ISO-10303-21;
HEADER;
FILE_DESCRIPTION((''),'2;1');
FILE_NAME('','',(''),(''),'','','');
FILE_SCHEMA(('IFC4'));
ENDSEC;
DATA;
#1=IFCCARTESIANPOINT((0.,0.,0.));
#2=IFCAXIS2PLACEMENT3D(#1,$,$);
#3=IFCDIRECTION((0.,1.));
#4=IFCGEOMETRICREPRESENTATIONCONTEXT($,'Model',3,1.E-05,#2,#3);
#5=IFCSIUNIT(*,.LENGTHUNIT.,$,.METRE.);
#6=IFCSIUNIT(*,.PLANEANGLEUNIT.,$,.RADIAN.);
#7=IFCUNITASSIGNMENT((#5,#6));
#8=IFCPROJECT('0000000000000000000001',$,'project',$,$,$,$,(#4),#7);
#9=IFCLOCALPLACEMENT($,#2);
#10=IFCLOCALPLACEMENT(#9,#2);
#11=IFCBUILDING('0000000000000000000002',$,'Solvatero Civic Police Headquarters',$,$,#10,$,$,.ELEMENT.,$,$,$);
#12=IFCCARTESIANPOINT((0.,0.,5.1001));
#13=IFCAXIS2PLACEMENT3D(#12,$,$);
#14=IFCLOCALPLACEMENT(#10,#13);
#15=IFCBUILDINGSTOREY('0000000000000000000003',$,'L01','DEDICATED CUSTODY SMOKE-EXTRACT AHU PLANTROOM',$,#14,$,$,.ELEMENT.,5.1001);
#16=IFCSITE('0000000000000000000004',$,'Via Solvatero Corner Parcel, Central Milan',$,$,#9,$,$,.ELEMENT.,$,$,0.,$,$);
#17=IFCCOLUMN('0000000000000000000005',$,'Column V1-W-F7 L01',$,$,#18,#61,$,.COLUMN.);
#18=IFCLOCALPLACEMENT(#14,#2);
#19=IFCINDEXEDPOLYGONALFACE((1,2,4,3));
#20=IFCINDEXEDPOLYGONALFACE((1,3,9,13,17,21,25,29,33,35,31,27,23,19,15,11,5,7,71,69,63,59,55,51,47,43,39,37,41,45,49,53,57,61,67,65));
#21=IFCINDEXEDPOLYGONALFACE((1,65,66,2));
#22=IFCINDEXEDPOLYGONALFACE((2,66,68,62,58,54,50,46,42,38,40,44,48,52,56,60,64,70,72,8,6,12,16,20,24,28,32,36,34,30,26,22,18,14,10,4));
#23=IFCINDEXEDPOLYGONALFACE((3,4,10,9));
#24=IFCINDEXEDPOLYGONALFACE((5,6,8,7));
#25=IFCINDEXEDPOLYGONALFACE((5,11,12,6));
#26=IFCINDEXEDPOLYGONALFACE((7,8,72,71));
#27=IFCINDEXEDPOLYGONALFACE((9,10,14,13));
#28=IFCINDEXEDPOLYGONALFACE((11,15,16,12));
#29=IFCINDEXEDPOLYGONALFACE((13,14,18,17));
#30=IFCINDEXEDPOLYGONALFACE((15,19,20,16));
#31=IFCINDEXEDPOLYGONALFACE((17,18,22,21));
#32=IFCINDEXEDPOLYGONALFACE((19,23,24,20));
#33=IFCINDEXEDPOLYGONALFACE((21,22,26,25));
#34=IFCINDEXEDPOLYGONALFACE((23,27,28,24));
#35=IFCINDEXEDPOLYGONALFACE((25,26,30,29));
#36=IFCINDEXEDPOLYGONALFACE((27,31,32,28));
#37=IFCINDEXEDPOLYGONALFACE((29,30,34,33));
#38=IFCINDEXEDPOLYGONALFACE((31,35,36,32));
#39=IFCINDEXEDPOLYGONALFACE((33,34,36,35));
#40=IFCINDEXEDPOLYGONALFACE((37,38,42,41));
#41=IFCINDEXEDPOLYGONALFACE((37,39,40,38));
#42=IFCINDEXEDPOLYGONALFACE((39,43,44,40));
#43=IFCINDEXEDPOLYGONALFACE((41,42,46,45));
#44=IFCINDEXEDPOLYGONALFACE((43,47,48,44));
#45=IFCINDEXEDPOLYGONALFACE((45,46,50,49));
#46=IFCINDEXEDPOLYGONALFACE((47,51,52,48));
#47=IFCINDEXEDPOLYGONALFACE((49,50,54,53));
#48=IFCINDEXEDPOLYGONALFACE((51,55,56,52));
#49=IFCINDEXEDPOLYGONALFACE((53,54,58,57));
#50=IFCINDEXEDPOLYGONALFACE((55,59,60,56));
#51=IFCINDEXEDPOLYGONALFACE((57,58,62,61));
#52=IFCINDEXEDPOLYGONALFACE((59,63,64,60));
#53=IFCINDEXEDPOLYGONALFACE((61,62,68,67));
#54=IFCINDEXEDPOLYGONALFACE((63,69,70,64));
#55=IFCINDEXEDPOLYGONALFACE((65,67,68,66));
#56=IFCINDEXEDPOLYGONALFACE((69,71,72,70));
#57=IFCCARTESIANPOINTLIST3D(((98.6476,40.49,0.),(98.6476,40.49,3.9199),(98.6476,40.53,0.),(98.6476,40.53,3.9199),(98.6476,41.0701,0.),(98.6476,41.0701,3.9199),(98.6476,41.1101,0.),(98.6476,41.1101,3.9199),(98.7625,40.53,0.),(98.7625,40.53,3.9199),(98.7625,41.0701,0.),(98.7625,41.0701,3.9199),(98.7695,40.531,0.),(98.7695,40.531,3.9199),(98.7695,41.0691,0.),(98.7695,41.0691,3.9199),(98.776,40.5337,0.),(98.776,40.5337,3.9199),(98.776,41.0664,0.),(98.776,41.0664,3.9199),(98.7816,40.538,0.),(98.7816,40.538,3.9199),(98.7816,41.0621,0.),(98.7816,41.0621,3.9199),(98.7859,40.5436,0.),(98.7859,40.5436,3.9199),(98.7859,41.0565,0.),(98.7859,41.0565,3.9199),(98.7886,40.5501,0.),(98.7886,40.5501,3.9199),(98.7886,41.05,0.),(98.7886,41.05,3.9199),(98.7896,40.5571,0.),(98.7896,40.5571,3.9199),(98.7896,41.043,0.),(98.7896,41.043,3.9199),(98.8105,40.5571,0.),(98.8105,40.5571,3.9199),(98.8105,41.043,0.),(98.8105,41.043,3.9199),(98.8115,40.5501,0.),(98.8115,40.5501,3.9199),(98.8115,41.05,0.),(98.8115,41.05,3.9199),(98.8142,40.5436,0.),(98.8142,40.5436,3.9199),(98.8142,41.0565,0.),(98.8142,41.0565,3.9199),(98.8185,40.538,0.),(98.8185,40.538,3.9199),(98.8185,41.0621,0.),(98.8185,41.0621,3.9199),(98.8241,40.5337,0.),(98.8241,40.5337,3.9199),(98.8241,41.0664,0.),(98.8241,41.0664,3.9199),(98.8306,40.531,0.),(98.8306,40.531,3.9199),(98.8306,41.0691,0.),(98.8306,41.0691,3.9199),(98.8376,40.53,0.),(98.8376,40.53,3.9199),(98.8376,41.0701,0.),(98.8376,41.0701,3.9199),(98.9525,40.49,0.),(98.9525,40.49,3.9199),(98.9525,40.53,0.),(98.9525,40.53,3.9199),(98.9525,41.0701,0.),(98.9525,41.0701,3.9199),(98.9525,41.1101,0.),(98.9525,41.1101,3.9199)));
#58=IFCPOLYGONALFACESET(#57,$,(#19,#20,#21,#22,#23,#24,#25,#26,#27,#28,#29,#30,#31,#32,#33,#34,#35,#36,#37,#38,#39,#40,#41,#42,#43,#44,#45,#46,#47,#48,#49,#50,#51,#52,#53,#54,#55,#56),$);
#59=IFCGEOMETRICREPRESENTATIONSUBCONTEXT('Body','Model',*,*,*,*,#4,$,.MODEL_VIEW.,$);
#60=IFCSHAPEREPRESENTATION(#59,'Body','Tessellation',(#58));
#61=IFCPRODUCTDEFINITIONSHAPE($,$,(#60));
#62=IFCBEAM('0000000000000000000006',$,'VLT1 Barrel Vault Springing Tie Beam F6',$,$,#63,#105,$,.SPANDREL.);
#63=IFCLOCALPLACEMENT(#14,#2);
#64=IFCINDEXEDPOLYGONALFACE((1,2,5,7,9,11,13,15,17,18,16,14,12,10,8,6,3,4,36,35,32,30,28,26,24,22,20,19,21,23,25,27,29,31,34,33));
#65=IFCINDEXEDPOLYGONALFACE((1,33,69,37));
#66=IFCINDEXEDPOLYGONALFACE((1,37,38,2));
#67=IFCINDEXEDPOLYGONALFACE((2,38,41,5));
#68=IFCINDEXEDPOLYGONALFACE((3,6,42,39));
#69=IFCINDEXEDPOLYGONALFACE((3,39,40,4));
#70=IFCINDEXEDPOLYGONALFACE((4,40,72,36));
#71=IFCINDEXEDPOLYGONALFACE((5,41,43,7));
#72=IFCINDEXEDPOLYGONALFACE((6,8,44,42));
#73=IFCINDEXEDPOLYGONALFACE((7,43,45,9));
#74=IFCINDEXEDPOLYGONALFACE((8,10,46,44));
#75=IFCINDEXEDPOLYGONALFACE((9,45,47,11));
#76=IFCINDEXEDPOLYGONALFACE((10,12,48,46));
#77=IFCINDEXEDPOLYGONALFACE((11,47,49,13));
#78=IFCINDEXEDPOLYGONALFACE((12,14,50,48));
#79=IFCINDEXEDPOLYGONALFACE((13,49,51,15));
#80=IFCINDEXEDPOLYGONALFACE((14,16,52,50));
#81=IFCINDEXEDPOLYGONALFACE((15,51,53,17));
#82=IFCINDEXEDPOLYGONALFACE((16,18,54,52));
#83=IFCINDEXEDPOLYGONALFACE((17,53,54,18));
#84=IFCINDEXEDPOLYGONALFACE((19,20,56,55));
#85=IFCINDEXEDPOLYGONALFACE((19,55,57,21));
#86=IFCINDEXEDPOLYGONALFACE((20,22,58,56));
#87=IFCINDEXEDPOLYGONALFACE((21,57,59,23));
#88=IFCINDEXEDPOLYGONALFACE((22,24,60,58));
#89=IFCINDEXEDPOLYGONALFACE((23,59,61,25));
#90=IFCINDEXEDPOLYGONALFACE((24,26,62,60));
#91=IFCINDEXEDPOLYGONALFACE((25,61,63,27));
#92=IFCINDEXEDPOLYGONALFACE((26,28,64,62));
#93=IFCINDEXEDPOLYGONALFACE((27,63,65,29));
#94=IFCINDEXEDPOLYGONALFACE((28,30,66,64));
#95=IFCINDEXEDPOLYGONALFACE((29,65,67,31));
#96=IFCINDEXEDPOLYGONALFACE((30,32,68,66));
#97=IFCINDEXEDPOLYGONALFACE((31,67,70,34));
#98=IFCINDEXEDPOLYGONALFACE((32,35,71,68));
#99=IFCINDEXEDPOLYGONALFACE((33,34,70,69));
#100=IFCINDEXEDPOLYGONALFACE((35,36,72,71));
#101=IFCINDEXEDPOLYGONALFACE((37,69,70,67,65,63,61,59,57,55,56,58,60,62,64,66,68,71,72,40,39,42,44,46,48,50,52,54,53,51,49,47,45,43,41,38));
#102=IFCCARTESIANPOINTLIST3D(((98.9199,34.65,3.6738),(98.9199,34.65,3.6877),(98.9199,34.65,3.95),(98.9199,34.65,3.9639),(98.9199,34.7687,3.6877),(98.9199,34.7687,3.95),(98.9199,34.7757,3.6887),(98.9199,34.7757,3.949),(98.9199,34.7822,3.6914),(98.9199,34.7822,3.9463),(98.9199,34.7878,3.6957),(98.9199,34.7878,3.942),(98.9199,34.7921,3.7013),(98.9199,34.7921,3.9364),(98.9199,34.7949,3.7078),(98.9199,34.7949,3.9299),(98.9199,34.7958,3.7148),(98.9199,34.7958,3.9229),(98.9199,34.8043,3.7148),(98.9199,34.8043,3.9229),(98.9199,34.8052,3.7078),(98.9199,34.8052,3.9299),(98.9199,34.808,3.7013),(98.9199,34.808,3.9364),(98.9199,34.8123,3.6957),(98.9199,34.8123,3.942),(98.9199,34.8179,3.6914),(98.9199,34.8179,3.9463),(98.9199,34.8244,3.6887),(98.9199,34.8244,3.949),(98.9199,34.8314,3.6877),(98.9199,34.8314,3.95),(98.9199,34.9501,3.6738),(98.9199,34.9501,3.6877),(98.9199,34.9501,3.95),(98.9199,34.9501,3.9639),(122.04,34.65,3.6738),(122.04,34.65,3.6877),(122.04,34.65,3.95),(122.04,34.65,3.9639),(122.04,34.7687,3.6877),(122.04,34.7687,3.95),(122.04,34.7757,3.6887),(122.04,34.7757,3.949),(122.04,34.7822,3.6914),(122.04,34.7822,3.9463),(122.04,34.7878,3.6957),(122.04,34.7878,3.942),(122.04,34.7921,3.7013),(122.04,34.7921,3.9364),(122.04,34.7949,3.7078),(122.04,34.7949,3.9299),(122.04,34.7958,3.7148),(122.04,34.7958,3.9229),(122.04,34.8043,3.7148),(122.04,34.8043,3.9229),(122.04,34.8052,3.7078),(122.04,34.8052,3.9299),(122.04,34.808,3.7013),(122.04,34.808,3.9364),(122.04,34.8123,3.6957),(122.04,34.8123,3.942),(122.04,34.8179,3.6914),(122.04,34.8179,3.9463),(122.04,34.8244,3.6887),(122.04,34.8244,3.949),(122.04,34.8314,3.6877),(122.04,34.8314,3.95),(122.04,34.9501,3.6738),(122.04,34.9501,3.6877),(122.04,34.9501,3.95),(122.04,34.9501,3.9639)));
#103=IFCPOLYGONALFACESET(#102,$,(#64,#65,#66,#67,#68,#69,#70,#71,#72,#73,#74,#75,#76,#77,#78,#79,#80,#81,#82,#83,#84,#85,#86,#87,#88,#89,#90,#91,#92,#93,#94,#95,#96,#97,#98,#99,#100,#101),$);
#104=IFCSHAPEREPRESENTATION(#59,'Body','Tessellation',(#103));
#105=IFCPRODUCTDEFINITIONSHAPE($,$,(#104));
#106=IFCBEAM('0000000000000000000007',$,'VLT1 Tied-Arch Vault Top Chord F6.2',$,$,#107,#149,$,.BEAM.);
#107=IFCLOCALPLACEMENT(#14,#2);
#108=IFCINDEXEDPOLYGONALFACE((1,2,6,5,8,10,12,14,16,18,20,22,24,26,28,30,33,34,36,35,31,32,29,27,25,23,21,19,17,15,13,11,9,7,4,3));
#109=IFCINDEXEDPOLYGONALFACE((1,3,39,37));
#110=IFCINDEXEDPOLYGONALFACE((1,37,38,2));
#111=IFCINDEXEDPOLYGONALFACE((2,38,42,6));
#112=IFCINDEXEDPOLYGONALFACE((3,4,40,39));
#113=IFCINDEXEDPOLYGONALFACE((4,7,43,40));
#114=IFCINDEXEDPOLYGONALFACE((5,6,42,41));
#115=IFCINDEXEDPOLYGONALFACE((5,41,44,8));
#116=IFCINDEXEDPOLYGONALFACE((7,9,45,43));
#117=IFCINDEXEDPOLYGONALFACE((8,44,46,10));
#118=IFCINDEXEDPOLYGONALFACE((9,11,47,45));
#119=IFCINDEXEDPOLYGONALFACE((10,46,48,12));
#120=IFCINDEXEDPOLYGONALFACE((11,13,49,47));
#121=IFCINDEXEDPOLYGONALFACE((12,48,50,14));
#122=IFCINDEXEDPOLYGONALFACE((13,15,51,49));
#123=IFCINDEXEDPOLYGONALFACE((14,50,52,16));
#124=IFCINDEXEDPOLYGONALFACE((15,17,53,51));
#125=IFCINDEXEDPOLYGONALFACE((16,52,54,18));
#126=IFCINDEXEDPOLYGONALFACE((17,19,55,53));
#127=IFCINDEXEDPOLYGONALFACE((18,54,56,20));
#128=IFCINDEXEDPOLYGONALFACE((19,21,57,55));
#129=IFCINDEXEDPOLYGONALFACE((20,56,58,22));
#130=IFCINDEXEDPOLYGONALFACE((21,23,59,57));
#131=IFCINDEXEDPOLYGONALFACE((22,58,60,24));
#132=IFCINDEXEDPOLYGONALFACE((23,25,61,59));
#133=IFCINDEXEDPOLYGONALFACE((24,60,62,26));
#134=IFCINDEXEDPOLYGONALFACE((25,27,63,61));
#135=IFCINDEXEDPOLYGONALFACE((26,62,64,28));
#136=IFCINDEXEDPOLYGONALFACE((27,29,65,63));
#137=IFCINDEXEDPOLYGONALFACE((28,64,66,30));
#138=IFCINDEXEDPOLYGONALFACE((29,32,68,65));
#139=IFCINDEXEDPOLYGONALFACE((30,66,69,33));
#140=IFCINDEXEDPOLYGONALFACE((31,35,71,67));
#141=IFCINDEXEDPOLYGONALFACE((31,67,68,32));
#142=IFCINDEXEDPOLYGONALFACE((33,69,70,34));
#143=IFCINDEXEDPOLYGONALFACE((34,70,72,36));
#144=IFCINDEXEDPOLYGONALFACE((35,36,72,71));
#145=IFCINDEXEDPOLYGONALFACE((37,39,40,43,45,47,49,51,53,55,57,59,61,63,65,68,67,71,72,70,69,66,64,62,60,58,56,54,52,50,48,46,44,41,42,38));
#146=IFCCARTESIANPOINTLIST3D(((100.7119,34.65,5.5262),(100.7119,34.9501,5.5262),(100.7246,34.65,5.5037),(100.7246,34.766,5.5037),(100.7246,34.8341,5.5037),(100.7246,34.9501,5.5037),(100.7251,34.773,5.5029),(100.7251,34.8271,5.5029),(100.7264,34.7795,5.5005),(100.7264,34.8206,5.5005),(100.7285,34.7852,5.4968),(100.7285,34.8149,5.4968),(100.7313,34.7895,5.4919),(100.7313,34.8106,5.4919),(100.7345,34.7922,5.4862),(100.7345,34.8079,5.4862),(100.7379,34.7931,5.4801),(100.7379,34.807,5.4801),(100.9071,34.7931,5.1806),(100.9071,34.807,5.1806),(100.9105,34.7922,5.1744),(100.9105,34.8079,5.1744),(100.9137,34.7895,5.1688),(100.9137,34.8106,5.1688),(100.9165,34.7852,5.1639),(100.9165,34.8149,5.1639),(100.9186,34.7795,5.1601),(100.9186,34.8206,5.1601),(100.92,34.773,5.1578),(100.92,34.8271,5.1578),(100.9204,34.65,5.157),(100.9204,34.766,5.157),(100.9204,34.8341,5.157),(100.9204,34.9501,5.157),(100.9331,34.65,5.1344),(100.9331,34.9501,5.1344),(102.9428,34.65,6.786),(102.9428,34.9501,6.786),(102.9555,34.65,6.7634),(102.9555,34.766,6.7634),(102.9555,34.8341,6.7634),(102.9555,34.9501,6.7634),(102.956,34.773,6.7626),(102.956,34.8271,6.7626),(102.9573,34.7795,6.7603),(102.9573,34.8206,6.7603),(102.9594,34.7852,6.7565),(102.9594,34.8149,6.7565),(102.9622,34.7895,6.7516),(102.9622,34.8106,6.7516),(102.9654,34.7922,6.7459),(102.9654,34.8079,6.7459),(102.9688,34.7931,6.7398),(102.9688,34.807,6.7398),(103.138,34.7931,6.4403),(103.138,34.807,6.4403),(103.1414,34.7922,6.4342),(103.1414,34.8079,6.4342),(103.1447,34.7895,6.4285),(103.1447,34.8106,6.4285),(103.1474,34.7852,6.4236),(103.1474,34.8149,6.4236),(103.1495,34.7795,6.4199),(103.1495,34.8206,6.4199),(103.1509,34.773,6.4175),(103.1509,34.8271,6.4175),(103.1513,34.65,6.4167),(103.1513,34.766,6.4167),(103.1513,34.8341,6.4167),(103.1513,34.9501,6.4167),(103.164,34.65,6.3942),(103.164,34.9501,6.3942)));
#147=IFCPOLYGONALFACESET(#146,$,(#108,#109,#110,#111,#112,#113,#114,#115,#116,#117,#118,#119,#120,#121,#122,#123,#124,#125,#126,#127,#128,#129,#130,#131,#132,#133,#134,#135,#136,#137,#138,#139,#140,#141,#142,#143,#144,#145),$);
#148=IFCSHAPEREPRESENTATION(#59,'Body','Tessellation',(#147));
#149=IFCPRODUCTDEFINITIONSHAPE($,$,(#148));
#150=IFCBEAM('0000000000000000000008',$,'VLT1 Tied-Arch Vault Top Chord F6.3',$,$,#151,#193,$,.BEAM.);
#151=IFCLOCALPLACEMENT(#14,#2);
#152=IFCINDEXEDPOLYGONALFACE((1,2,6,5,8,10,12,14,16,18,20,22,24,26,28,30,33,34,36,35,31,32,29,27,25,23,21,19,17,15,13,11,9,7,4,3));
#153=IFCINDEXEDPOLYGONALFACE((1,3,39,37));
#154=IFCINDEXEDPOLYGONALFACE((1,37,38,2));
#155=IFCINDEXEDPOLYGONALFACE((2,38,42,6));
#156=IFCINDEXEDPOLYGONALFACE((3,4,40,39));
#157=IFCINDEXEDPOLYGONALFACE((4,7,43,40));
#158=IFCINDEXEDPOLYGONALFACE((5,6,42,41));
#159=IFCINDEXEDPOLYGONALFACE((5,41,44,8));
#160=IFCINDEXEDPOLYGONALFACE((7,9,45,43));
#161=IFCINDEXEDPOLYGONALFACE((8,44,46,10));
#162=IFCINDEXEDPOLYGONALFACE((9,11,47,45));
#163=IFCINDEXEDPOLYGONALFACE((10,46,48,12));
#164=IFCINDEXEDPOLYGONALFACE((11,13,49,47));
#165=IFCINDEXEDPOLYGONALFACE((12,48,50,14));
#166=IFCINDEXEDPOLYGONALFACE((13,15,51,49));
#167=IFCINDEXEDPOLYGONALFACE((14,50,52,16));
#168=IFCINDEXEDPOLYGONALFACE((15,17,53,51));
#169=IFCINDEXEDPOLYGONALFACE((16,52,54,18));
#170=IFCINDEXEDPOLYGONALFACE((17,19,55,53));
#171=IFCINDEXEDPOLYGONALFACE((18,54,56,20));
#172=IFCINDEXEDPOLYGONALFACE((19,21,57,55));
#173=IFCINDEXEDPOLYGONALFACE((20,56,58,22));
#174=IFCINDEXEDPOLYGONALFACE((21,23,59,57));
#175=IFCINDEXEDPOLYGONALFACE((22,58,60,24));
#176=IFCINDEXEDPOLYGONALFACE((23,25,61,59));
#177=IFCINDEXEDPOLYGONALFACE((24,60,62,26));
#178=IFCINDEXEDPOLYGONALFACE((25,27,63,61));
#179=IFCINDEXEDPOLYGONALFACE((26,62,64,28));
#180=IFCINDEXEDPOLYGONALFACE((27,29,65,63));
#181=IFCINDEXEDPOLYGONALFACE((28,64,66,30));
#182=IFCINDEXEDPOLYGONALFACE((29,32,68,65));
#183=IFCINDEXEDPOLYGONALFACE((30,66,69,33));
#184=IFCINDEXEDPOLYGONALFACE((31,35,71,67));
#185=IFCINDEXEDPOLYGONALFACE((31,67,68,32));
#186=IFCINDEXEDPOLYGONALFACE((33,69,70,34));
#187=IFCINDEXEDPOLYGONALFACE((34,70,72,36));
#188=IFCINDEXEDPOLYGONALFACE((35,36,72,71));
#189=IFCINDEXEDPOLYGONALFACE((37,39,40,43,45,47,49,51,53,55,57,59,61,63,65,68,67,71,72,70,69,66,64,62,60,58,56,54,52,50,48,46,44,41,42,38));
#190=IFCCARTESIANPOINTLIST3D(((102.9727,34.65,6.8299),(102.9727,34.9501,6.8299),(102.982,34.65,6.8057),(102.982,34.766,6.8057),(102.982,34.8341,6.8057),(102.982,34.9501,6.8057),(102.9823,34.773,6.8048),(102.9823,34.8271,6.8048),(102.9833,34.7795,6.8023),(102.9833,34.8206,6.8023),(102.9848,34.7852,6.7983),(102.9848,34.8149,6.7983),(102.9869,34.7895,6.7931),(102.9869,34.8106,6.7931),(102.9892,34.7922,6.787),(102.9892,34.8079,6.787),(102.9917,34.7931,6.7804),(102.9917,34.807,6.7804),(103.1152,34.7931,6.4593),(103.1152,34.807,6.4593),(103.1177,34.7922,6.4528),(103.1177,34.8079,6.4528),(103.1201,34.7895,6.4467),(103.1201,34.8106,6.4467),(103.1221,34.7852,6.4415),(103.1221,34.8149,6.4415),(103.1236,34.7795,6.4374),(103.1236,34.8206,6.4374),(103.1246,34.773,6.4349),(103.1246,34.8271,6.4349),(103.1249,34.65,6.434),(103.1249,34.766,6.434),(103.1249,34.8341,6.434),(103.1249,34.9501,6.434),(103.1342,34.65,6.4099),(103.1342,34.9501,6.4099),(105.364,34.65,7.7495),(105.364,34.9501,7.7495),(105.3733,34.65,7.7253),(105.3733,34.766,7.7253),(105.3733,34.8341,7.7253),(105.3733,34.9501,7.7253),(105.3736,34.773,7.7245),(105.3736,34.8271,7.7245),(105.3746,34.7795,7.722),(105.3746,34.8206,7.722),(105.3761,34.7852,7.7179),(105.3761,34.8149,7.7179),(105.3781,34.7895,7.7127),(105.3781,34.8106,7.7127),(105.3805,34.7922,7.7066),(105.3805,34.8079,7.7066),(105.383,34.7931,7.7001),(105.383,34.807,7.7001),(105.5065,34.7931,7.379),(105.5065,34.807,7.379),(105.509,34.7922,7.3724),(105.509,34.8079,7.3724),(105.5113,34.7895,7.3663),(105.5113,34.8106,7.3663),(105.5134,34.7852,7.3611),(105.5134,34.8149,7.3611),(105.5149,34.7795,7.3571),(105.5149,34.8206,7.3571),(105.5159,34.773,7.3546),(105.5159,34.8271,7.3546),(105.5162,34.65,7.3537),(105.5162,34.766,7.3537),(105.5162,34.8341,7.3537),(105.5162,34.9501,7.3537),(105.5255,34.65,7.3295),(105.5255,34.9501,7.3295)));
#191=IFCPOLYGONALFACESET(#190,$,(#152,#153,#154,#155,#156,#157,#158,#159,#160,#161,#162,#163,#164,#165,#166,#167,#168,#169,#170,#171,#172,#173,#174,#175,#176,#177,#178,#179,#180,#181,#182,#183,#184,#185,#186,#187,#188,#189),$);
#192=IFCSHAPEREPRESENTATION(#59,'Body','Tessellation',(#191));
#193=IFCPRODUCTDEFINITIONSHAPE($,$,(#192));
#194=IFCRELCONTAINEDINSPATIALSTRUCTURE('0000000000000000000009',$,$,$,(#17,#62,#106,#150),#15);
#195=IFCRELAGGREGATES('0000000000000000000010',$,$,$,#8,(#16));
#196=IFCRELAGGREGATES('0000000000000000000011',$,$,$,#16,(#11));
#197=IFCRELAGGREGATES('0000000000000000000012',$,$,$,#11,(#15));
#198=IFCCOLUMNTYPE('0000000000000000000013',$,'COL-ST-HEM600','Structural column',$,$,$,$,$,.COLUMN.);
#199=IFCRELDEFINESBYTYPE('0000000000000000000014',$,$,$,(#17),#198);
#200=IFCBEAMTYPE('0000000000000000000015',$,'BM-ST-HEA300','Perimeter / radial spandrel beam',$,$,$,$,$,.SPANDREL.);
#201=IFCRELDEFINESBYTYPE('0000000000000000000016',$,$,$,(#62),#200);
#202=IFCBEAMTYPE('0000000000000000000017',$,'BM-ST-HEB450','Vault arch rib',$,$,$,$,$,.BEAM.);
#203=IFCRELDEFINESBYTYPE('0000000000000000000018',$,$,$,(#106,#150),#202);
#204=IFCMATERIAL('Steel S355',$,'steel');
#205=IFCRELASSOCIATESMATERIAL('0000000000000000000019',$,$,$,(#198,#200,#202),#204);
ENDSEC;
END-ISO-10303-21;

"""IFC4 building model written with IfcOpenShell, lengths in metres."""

from ifc_helpers import new_model, si_unit, direction, frame, origin, origin_2d, place, context, subcontext, project, spatial, i_section, extrude, material, material_profile, profile_set, type_object, element, save


model = new_model("IFC4")

# Units and contexts
model_context = context("Model", 3, precision=1e-05, world=origin(), true_north=direction((0.0, 1.0)))
body_context = subcontext(model_context, "Body", "Model", "MODEL_VIEW")
ifc_project = project(units=[si_unit("LENGTHUNIT", "METRE"), si_unit("PLANEANGLEUNIT", "RADIAN")], contexts=[model_context])

# Site, building, storey
site_placement = place(None, origin())
site = spatial("IfcSite", under=ifc_project, at=site_placement, Name="Via Solvatero Corner Parcel, Central Milan", CompositionType="ELEMENT", RefElevation=0.0)
building_placement = place(site_placement, origin())
building = spatial("IfcBuilding", under=site, at=building_placement, Name="Solvatero Civic Police Headquarters", CompositionType="ELEMENT")
storey_placement = place(building_placement, frame((0.0, 0.0, 5.1001)))
storey = spatial("IfcBuildingStorey", under=building, at=storey_placement, Name="L01", Description="DEDICATED CUSTODY SMOKE-EXTRACT AHU PLANTROOM", CompositionType="ELEMENT", Elevation=5.1001)

# Column
ifc_material_1 = material(Name="Steel S355", Category="steel")
ifc_material_profile_1 = material_profile(ifc_material_1, i_section(OverallWidth=0.3049, OverallDepth=0.6201, WebThickness=0.021, FlangeThickness=0.04, FilletRadius=0.0271, at=origin_2d()), Name="HEM 600")
ifc_profile_set_1 = profile_set([ifc_material_profile_1], Name="Steel S355")
column_type = type_object("IfcColumnType", Name="COL-ST-HEM600", Description="Structural column", PredefinedType="COLUMN", material=ifc_profile_set_1)
column_placement = place(storey_placement, frame((98.8, 40.8, 0.0), z_axis=(0.0, 0.0, 1.0), x_axis=(1.0, 0.0, 0.0)))
element("IfcColumn", 1, at=column_placement, inside=storey, type_object=column_type, Name="Column V1-W-F7 L01", PredefinedType="COLUMN", context=body_context, shape_type="SweptSolid", body=[
    extrude(i_section(OverallWidth=0.3049, OverallDepth=0.6201, WebThickness=0.021, FlangeThickness=0.04, FilletRadius=0.0271, at=origin_2d()), origin(), (0.0, 0.0, 1.0), 3.9199),
])

# Beams
ifc_material_profile_2 = material_profile(ifc_material_1, i_section(OverallWidth=0.3, OverallDepth=0.29, WebThickness=0.0085, FlangeThickness=0.0139, FilletRadius=0.0271, at=origin_2d()), Name="HEA 300")
ifc_profile_set_2 = profile_set([ifc_material_profile_2], Name="Steel S355")
beam_type_1 = type_object("IfcBeamType", Name="BM-ST-HEA300", Description="Perimeter / radial spandrel beam", PredefinedType="SPANDREL", material=ifc_profile_set_2)
beam_placement = place(storey_placement, frame((98.9199, 34.8, 3.8188), z_axis=(1.0, 0.0, 0.0), x_axis=(0.0, 1.0, 0.0)))
element("IfcBeam", 2, at=beam_placement, inside=storey, type_object=beam_type_1, Name="VLT1 Barrel Vault Springing Tie Beam F6", PredefinedType="SPANDREL", context=body_context, shape_type="SweptSolid", body=[
    extrude(i_section(OverallWidth=0.3, OverallDepth=0.29, WebThickness=0.0085, FlangeThickness=0.0139, FilletRadius=0.0271, at=origin_2d()), origin(), (0.0, 0.0, 1.0), 23.1201),
])
ifc_material_profile_3 = material_profile(ifc_material_1, i_section(OverallWidth=0.3, OverallDepth=0.45, WebThickness=0.0139, FlangeThickness=0.0259, FilletRadius=0.0271, at=origin_2d()), Name="HEB 450")
ifc_profile_set_3 = profile_set([ifc_material_profile_3], Name="Steel S355")
beam_type_2 = type_object("IfcBeamType", Name="BM-ST-HEB450", Description="Vault arch rib", PredefinedType="BEAM", material=ifc_profile_set_3)
for number, where, z_axis, x_axis, name in (
    (3, (100.8225, 34.8, 5.3303), (0.870765, 0.0, 0.491699), (0.0, 1.0, 0.0), "VLT1 Tied-Arch Vault Top Chord F6.2"),
    (4, (103.0535, 34.8, 6.6199), (0.933355, 0.0, 0.358954), (0.0, 1.0, 0.0), "VLT1 Tied-Arch Vault Top Chord F6.3"),
):
    element("IfcBeam", number, at=place(storey_placement, frame(where, z_axis=z_axis, x_axis=x_axis)), inside=storey, type_object=beam_type_2, Name=name, PredefinedType="BEAM", context=body_context, shape_type="SweptSolid", body=[
        extrude(i_section(OverallWidth=0.3, OverallDepth=0.45, WebThickness=0.0139, FlangeThickness=0.0259, FilletRadius=0.0271, at=origin_2d()), origin(), (0.0, 0.0, 1.0), 2.562),
    ])

save(model, "model.ifc")
